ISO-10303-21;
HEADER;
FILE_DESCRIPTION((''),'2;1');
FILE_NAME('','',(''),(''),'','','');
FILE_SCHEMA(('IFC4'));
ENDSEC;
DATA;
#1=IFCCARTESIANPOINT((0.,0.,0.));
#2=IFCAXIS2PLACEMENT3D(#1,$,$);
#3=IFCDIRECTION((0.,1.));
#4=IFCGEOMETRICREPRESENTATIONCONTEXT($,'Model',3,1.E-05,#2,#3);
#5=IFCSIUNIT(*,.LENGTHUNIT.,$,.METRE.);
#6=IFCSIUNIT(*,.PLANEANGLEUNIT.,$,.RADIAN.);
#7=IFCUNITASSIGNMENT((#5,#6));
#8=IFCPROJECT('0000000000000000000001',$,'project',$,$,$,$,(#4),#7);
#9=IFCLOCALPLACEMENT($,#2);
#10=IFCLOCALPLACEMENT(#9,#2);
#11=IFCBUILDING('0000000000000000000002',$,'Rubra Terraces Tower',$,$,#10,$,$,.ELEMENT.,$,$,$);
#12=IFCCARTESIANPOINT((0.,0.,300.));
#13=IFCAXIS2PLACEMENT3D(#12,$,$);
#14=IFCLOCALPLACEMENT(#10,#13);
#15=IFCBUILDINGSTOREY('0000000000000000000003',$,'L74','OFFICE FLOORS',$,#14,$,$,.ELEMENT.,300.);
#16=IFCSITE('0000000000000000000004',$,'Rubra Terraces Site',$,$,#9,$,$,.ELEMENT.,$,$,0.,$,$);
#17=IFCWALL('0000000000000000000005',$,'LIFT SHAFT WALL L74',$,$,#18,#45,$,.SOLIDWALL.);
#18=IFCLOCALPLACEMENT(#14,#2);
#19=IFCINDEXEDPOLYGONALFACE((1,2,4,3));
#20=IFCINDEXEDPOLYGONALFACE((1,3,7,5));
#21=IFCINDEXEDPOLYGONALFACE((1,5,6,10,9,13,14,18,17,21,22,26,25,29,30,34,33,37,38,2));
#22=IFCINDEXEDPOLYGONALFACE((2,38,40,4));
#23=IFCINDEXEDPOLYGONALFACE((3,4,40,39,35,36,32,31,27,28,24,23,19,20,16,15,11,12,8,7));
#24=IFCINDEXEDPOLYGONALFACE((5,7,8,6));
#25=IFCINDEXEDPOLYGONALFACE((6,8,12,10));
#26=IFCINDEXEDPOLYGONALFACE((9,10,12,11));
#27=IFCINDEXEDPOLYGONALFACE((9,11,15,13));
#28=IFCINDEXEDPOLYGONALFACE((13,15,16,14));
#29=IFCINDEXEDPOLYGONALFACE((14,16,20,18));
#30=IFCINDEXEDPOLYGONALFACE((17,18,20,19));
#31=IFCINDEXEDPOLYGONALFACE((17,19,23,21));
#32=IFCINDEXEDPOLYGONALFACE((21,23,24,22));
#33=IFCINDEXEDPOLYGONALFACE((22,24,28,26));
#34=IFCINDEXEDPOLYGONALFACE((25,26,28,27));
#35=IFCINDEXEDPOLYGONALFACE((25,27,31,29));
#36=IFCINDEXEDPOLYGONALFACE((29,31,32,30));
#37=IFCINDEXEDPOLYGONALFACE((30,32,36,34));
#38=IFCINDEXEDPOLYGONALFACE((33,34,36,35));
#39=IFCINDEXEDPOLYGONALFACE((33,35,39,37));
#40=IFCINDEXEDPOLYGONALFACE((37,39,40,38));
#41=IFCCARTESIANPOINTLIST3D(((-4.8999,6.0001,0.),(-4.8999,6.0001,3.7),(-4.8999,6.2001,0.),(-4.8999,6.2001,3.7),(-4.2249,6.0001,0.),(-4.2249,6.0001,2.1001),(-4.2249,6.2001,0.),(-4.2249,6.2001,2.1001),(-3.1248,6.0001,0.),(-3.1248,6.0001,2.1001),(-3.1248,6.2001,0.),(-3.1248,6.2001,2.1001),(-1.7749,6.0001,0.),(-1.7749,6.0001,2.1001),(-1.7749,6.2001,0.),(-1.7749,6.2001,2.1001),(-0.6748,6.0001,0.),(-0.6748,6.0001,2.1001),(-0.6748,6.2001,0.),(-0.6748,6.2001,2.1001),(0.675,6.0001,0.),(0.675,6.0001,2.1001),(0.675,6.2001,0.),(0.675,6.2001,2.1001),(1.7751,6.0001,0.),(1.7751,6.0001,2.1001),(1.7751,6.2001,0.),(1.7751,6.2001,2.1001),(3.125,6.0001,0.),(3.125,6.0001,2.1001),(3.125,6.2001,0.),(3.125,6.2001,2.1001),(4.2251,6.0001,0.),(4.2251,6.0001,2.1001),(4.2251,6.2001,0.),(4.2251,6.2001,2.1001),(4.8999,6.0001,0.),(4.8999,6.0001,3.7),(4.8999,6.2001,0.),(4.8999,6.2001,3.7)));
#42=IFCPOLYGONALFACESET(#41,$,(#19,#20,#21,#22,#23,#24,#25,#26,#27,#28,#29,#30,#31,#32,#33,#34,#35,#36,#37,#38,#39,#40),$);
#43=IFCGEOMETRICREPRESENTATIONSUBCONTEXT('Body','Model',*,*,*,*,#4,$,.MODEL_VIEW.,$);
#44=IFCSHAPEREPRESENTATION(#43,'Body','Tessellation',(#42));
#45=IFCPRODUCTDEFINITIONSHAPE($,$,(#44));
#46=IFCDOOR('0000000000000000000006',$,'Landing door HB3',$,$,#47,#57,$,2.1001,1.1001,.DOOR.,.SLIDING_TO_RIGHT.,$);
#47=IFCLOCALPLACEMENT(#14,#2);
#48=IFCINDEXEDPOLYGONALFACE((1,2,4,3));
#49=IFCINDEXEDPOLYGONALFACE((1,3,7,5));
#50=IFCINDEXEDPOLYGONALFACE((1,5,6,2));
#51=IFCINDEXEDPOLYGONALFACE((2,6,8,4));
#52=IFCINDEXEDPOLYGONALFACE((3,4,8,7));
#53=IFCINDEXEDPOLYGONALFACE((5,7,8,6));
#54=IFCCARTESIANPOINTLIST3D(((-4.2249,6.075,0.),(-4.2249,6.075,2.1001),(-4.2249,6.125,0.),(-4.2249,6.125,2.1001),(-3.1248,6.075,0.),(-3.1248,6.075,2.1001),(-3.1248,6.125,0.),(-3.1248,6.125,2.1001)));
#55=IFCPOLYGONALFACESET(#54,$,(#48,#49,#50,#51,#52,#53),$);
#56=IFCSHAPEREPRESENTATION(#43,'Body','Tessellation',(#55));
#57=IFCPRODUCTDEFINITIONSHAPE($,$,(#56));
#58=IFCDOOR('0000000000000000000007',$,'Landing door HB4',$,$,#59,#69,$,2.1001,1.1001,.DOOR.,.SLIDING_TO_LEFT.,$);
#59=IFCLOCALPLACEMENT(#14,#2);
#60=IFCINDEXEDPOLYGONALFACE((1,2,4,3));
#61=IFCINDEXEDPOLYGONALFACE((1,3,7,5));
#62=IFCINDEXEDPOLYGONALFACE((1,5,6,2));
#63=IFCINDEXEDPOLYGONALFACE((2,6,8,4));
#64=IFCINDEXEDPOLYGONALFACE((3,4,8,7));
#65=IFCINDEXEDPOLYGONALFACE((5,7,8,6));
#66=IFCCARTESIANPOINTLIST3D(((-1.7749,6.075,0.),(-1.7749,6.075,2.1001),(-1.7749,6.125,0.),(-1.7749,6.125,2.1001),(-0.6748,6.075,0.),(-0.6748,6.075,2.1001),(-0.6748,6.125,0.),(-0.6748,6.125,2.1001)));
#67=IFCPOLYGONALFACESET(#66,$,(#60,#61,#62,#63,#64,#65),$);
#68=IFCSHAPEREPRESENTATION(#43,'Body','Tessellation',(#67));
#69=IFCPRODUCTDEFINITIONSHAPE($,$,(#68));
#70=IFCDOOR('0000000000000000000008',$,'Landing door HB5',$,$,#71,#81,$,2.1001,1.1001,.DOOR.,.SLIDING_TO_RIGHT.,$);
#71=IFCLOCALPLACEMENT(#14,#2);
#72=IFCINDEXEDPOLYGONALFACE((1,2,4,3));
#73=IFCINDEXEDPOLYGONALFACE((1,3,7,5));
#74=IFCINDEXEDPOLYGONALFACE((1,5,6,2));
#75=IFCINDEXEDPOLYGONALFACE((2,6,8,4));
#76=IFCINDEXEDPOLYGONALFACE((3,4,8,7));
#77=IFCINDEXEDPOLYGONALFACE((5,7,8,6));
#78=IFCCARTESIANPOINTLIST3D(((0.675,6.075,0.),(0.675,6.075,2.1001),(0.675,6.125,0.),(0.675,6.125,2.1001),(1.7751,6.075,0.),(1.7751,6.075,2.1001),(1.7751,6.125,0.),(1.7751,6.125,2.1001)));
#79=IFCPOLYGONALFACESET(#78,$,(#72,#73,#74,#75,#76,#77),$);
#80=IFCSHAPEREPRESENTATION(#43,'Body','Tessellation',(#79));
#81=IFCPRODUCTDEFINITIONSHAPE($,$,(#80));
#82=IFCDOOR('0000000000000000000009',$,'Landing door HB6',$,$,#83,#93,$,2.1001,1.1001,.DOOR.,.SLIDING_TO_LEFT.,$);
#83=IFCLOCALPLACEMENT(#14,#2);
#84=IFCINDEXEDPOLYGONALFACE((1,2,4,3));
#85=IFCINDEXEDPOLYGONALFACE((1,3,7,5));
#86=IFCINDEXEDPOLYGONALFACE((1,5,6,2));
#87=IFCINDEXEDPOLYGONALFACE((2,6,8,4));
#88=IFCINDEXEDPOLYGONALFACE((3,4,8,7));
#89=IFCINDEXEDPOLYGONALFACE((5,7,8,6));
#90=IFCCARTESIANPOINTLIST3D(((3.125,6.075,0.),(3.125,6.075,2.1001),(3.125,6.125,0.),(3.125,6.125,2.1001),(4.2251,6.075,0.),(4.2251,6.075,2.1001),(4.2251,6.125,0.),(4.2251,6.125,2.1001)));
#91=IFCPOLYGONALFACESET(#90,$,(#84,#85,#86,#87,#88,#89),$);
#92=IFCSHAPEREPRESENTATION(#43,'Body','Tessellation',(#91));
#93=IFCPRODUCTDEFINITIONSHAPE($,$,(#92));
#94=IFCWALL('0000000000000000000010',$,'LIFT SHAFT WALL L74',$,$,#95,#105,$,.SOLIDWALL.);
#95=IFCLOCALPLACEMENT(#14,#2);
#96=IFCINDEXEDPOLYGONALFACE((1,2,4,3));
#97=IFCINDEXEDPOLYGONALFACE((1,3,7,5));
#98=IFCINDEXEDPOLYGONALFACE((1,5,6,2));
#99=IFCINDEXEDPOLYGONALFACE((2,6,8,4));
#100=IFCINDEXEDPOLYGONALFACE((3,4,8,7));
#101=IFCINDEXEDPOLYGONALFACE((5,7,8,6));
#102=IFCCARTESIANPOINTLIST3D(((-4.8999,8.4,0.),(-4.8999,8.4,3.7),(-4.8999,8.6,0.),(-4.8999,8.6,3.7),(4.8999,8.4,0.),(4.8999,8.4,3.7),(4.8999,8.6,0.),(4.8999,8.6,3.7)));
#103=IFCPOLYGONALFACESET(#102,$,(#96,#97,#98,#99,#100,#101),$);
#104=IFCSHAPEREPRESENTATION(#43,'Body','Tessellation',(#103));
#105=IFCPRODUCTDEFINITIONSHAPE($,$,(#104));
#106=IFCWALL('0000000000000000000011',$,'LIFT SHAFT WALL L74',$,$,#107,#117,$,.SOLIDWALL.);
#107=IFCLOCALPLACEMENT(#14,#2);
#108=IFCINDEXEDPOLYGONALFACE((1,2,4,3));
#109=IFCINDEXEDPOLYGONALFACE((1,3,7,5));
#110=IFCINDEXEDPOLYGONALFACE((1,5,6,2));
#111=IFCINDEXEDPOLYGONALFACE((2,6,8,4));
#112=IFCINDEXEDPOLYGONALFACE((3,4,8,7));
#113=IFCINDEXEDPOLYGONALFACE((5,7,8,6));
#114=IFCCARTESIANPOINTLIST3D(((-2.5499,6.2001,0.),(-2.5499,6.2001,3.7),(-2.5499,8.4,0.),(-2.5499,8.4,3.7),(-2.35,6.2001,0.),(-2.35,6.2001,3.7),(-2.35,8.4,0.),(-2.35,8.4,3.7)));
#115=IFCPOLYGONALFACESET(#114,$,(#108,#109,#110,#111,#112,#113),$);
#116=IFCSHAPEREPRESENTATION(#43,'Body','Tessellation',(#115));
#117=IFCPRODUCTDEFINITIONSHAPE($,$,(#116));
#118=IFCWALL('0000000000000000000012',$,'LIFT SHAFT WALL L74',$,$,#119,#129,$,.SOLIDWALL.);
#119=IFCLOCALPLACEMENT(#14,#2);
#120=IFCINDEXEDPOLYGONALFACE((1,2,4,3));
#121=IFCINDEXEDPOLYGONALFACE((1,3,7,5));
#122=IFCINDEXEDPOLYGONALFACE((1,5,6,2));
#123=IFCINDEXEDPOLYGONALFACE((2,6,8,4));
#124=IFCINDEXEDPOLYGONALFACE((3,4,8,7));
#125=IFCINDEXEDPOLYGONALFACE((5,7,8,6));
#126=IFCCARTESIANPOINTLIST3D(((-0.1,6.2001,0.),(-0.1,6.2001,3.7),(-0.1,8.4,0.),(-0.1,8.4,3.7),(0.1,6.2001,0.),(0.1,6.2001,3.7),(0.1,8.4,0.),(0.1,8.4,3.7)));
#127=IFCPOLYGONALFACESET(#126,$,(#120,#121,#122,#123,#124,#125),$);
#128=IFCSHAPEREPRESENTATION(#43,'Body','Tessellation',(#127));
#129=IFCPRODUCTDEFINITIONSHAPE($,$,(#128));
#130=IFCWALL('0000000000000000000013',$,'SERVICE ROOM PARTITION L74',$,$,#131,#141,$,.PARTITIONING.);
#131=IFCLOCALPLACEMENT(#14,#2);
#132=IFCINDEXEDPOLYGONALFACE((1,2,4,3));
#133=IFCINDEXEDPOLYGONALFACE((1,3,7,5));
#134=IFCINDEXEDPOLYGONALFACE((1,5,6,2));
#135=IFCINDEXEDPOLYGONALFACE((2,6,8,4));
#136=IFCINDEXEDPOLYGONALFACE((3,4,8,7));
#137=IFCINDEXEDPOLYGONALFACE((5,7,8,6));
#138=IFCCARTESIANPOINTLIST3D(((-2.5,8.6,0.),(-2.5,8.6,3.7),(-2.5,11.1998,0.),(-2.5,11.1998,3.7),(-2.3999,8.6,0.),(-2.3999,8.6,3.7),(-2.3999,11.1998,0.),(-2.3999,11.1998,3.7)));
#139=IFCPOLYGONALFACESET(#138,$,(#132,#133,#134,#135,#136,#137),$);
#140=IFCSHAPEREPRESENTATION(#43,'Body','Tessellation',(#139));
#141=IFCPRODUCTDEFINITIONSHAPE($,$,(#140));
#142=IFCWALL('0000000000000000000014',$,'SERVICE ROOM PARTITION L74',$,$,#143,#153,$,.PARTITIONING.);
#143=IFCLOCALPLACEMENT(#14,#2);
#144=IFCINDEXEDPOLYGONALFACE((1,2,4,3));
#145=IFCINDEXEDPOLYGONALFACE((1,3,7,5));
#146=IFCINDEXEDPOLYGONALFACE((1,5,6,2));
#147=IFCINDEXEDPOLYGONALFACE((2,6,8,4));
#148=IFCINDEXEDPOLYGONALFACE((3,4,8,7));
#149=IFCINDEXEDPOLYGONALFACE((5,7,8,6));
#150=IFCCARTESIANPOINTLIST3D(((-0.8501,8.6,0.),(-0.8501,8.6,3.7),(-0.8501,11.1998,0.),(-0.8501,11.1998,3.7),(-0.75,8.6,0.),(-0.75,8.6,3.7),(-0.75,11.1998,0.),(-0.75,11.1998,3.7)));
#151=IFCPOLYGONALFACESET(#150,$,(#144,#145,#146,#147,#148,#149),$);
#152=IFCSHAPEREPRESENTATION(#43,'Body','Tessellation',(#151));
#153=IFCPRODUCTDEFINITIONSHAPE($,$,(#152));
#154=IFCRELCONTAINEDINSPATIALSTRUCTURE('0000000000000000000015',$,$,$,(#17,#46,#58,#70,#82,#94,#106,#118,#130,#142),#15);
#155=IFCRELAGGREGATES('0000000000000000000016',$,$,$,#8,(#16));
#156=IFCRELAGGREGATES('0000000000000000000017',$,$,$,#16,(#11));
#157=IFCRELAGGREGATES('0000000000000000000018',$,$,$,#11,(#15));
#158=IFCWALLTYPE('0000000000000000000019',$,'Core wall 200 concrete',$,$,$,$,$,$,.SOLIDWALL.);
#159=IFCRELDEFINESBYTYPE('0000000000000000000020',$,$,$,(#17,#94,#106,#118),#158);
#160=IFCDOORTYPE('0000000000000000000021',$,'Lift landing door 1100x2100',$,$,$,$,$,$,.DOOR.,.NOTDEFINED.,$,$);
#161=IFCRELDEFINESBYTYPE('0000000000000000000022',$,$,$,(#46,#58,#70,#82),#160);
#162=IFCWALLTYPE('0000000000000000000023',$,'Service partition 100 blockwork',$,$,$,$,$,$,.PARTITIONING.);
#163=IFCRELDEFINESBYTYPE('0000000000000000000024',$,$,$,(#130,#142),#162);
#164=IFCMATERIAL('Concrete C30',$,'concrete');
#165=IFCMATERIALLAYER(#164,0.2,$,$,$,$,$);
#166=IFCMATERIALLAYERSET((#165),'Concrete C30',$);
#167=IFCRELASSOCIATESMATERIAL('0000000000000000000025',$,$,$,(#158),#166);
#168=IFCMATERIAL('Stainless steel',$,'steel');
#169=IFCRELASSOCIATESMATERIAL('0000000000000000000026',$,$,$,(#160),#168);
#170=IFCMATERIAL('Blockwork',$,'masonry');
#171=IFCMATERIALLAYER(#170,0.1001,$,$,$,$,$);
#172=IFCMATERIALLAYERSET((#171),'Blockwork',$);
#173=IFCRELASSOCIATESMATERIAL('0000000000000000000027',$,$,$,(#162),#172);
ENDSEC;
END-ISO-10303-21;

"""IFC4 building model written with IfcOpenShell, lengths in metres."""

from ifc_helpers import new_model, si_unit, direction, frame, frame_2d, origin, place, context, subcontext, project, spatial, rectangle, extrude, material, layer, layer_set, type_object, element, fill, save


model = new_model("IFC4")

# Units and contexts
model_context = context("Model", 3, precision=1e-05, world=origin(), true_north=direction((0.0, 1.0)))
body_context = subcontext(model_context, "Body", "Model", "MODEL_VIEW")
ifc_project = project(units=[si_unit("LENGTHUNIT", "METRE"), si_unit("PLANEANGLEUNIT", "RADIAN")], contexts=[model_context])

# Site, building, storey
site_placement = place(None, origin())
site = spatial("IfcSite", under=ifc_project, at=site_placement, Name="Rubra Terraces Site", CompositionType="ELEMENT", RefElevation=0.0)
building_placement = place(site_placement, origin())
building = spatial("IfcBuilding", under=site, at=building_placement, Name="Rubra Terraces Tower", CompositionType="ELEMENT")
storey_placement = place(building_placement, frame((0.0, 0.0, 300.0)))
storey = spatial("IfcBuildingStorey", under=building, at=storey_placement, Name="L74", Description="OFFICE FLOORS", CompositionType="ELEMENT", Elevation=300.0)

# Shared definitions
ifc_material_1 = material(Name="Concrete C30", Category="concrete")
ifc_layer_1 = layer(ifc_material_1, 0.2)
ifc_layer_set_1 = layer_set([ifc_layer_1], Name="Concrete C30")
wall_type_1 = type_object("IfcWallType", Name="Core wall 200 concrete", PredefinedType="SOLIDWALL", material=ifc_layer_set_1)

# Wall, openings, doors
ifc_material_2 = material(Name="Stainless steel", Category="steel")
door_type_1 = type_object("IfcDoorType", Name="Lift landing door 1100x2100", OperationType="NOTDEFINED", PredefinedType="DOOR", material=ifc_material_2)
wall_1_placement = place(storey_placement, frame((-4.8999, 6.1001, 0.0), z_axis=(0.0, 0.0, 1.0), x_axis=(1.0, 0.0, 0.0)))
wall_1 = element("IfcWall", 1, at=wall_1_placement, inside=storey, type_object=wall_type_1, Name="LIFT SHAFT WALL L74", PredefinedType="SOLIDWALL", context=body_context, shape_type="SweptSolid", body=[
    extrude(rectangle(XDim=9.7998, YDim=0.2, at=frame_2d((4.8999, 0.0))), origin(), (0.0, 0.0, 1.0), 3.7),
])
opening_1_placement = place(wall_1_placement, frame((0.675, 0.0, 0.0)))
opening_1 = element("IfcOpeningElement", 2, at=opening_1_placement, cuts=wall_1, PredefinedType="OPENING", context=body_context, shape_type="SweptSolid", body=[
    extrude(rectangle(XDim=1.1001, YDim=2.1001, at=frame_2d((0.55, 1.05))), frame((0.0, 0.1099, 0.0), z_axis=(0.0, -1.0, 0.0), x_axis=(1.0, 0.0, 0.0)), (0.0, 0.0, 1.0), 0.22),
])
opening_2_placement = place(wall_1_placement, frame((3.125, 0.0, 0.0)))
opening_2 = element("IfcOpeningElement", 3, at=opening_2_placement, cuts=wall_1, PredefinedType="OPENING", context=body_context, shape_type="SweptSolid", body=[
    extrude(rectangle(XDim=1.1001, YDim=2.1001, at=frame_2d((0.55, 1.05))), frame((0.0, 0.1099, 0.0), z_axis=(0.0, -1.0, 0.0), x_axis=(1.0, 0.0, 0.0)), (0.0, 0.0, 1.0), 0.22),
])
opening_3_placement = place(wall_1_placement, frame((5.575, 0.0, 0.0)))
opening_3 = element("IfcOpeningElement", 4, at=opening_3_placement, cuts=wall_1, PredefinedType="OPENING", context=body_context, shape_type="SweptSolid", body=[
    extrude(rectangle(XDim=1.1001, YDim=2.1001, at=frame_2d((0.55, 1.05))), frame((0.0, 0.1099, 0.0), z_axis=(0.0, -1.0, 0.0), x_axis=(1.0, 0.0, 0.0)), (0.0, 0.0, 1.0), 0.22),
])
opening_4_placement = place(wall_1_placement, frame((8.0249, 0.0, 0.0)))
opening_4 = element("IfcOpeningElement", 5, at=opening_4_placement, cuts=wall_1, PredefinedType="OPENING", context=body_context, shape_type="SweptSolid", body=[
    extrude(rectangle(XDim=1.1001, YDim=2.1001, at=frame_2d((0.55, 1.05))), frame((0.0, 0.1099, 0.0), z_axis=(0.0, -1.0, 0.0), x_axis=(1.0, 0.0, 0.0)), (0.0, 0.0, 1.0), 0.22),
])
door_1_placement = place(opening_1_placement, origin())
door_1 = element("IfcDoor", 6, at=door_1_placement, inside=storey, type_object=door_type_1, Name="Landing door HB3", OperationType="SLIDING_TO_RIGHT", OverallHeight=2.1001, OverallWidth=1.1001, PredefinedType="DOOR", context=body_context, shape_type="SweptSolid", body=[
    extrude(rectangle(XDim=1.1001, YDim=2.1001, at=frame_2d((0.55, 1.05))), frame((0.0, 0.0249, 0.0), z_axis=(0.0, -1.0, 0.0), x_axis=(1.0, 0.0, 0.0)), (0.0, 0.0, 1.0), 0.05),
])
fill(opening_1, door_1)
door_2_placement = place(opening_2_placement, origin())
door_2 = element("IfcDoor", 7, at=door_2_placement, inside=storey, type_object=door_type_1, Name="Landing door HB4", OperationType="SLIDING_TO_LEFT", OverallHeight=2.1001, OverallWidth=1.1001, PredefinedType="DOOR", context=body_context, shape_type="SweptSolid", body=[
    extrude(rectangle(XDim=1.1001, YDim=2.1001, at=frame_2d((0.55, 1.05))), frame((0.0, 0.0249, 0.0), z_axis=(0.0, -1.0, 0.0), x_axis=(1.0, 0.0, 0.0)), (0.0, 0.0, 1.0), 0.05),
])
fill(opening_2, door_2)
door_3_placement = place(opening_3_placement, origin())
door_3 = element("IfcDoor", 8, at=door_3_placement, inside=storey, type_object=door_type_1, Name="Landing door HB5", OperationType="SLIDING_TO_RIGHT", OverallHeight=2.1001, OverallWidth=1.1001, PredefinedType="DOOR", context=body_context, shape_type="SweptSolid", body=[
    extrude(rectangle(XDim=1.1001, YDim=2.1001, at=frame_2d((0.55, 1.05))), frame((0.0, 0.0249, 0.0), z_axis=(0.0, -1.0, 0.0), x_axis=(1.0, 0.0, 0.0)), (0.0, 0.0, 1.0), 0.05),
])
fill(opening_3, door_3)
door_4_placement = place(opening_4_placement, origin())
door_4 = element("IfcDoor", 9, at=door_4_placement, inside=storey, type_object=door_type_1, Name="Landing door HB6", OperationType="SLIDING_TO_LEFT", OverallHeight=2.1001, OverallWidth=1.1001, PredefinedType="DOOR", context=body_context, shape_type="SweptSolid", body=[
    extrude(rectangle(XDim=1.1001, YDim=2.1001, at=frame_2d((0.55, 1.05))), frame((0.0, 0.0249, 0.0), z_axis=(0.0, -1.0, 0.0), x_axis=(1.0, 0.0, 0.0)), (0.0, 0.0, 1.0), 0.05),
])
fill(opening_4, door_4)

# Walls
wall_2_placement = place(storey_placement, frame((-4.8999, 8.5, 0.0), z_axis=(0.0, 0.0, 1.0), x_axis=(1.0, 0.0, 0.0)))
element("IfcWall", 10, at=wall_2_placement, inside=storey, type_object=wall_type_1, Name="LIFT SHAFT WALL L74", PredefinedType="SOLIDWALL", context=body_context, shape_type="SweptSolid", body=[
    extrude(rectangle(XDim=9.7998, YDim=0.2, at=frame_2d((4.8999, 0.0))), origin(), (0.0, 0.0, 1.0), 3.7),
])
for number, where, z_axis, x_axis, name in (
    (11, (-2.45, 6.2, 0.0), (0.0, 0.0, 1.0), (0.0, 1.0, 0.0), "LIFT SHAFT WALL L74"),
    (12, (0.0, 6.2, 0.0), (0.0, 0.0, 1.0), (0.0, 1.0, 0.0), "LIFT SHAFT WALL L74"),
):
    element("IfcWall", number, at=place(storey_placement, frame(where, z_axis=z_axis, x_axis=x_axis)), inside=storey, type_object=wall_type_1, Name=name, PredefinedType="SOLIDWALL", context=body_context, shape_type="SweptSolid", body=[
        extrude(rectangle(XDim=2.2, YDim=0.2, at=frame_2d((1.1001, 0.0))), origin(), (0.0, 0.0, 1.0), 3.7),
    ])
ifc_material_3 = material(Name="Blockwork", Category="masonry")
ifc_layer_2 = layer(ifc_material_3, 0.1001)
ifc_layer_set_2 = layer_set([ifc_layer_2], Name="Blockwork")
wall_type_2 = type_object("IfcWallType", Name="Service partition 100 blockwork", PredefinedType="PARTITIONING", material=ifc_layer_set_2)
for number, where, z_axis, x_axis, name in (
    (13, (-2.45, 8.6001, 0.0), (0.0, 0.0, 1.0), (0.0, 1.0, 0.0), "SERVICE ROOM PARTITION L74"),
    (14, (-0.8, 8.6001, 0.0), (0.0, 0.0, 1.0), (0.0, 1.0, 0.0), "SERVICE ROOM PARTITION L74"),
):
    element("IfcWall", number, at=place(storey_placement, frame(where, z_axis=z_axis, x_axis=x_axis)), inside=storey, type_object=wall_type_2, Name=name, PredefinedType="PARTITIONING", context=body_context, shape_type="SweptSolid", body=[
        extrude(rectangle(XDim=2.5999, YDim=0.1001, at=frame_2d((1.2998, 0.0))), origin(), (0.0, 0.0, 1.0), 3.7),
    ])

save(model, "model.ifc")
